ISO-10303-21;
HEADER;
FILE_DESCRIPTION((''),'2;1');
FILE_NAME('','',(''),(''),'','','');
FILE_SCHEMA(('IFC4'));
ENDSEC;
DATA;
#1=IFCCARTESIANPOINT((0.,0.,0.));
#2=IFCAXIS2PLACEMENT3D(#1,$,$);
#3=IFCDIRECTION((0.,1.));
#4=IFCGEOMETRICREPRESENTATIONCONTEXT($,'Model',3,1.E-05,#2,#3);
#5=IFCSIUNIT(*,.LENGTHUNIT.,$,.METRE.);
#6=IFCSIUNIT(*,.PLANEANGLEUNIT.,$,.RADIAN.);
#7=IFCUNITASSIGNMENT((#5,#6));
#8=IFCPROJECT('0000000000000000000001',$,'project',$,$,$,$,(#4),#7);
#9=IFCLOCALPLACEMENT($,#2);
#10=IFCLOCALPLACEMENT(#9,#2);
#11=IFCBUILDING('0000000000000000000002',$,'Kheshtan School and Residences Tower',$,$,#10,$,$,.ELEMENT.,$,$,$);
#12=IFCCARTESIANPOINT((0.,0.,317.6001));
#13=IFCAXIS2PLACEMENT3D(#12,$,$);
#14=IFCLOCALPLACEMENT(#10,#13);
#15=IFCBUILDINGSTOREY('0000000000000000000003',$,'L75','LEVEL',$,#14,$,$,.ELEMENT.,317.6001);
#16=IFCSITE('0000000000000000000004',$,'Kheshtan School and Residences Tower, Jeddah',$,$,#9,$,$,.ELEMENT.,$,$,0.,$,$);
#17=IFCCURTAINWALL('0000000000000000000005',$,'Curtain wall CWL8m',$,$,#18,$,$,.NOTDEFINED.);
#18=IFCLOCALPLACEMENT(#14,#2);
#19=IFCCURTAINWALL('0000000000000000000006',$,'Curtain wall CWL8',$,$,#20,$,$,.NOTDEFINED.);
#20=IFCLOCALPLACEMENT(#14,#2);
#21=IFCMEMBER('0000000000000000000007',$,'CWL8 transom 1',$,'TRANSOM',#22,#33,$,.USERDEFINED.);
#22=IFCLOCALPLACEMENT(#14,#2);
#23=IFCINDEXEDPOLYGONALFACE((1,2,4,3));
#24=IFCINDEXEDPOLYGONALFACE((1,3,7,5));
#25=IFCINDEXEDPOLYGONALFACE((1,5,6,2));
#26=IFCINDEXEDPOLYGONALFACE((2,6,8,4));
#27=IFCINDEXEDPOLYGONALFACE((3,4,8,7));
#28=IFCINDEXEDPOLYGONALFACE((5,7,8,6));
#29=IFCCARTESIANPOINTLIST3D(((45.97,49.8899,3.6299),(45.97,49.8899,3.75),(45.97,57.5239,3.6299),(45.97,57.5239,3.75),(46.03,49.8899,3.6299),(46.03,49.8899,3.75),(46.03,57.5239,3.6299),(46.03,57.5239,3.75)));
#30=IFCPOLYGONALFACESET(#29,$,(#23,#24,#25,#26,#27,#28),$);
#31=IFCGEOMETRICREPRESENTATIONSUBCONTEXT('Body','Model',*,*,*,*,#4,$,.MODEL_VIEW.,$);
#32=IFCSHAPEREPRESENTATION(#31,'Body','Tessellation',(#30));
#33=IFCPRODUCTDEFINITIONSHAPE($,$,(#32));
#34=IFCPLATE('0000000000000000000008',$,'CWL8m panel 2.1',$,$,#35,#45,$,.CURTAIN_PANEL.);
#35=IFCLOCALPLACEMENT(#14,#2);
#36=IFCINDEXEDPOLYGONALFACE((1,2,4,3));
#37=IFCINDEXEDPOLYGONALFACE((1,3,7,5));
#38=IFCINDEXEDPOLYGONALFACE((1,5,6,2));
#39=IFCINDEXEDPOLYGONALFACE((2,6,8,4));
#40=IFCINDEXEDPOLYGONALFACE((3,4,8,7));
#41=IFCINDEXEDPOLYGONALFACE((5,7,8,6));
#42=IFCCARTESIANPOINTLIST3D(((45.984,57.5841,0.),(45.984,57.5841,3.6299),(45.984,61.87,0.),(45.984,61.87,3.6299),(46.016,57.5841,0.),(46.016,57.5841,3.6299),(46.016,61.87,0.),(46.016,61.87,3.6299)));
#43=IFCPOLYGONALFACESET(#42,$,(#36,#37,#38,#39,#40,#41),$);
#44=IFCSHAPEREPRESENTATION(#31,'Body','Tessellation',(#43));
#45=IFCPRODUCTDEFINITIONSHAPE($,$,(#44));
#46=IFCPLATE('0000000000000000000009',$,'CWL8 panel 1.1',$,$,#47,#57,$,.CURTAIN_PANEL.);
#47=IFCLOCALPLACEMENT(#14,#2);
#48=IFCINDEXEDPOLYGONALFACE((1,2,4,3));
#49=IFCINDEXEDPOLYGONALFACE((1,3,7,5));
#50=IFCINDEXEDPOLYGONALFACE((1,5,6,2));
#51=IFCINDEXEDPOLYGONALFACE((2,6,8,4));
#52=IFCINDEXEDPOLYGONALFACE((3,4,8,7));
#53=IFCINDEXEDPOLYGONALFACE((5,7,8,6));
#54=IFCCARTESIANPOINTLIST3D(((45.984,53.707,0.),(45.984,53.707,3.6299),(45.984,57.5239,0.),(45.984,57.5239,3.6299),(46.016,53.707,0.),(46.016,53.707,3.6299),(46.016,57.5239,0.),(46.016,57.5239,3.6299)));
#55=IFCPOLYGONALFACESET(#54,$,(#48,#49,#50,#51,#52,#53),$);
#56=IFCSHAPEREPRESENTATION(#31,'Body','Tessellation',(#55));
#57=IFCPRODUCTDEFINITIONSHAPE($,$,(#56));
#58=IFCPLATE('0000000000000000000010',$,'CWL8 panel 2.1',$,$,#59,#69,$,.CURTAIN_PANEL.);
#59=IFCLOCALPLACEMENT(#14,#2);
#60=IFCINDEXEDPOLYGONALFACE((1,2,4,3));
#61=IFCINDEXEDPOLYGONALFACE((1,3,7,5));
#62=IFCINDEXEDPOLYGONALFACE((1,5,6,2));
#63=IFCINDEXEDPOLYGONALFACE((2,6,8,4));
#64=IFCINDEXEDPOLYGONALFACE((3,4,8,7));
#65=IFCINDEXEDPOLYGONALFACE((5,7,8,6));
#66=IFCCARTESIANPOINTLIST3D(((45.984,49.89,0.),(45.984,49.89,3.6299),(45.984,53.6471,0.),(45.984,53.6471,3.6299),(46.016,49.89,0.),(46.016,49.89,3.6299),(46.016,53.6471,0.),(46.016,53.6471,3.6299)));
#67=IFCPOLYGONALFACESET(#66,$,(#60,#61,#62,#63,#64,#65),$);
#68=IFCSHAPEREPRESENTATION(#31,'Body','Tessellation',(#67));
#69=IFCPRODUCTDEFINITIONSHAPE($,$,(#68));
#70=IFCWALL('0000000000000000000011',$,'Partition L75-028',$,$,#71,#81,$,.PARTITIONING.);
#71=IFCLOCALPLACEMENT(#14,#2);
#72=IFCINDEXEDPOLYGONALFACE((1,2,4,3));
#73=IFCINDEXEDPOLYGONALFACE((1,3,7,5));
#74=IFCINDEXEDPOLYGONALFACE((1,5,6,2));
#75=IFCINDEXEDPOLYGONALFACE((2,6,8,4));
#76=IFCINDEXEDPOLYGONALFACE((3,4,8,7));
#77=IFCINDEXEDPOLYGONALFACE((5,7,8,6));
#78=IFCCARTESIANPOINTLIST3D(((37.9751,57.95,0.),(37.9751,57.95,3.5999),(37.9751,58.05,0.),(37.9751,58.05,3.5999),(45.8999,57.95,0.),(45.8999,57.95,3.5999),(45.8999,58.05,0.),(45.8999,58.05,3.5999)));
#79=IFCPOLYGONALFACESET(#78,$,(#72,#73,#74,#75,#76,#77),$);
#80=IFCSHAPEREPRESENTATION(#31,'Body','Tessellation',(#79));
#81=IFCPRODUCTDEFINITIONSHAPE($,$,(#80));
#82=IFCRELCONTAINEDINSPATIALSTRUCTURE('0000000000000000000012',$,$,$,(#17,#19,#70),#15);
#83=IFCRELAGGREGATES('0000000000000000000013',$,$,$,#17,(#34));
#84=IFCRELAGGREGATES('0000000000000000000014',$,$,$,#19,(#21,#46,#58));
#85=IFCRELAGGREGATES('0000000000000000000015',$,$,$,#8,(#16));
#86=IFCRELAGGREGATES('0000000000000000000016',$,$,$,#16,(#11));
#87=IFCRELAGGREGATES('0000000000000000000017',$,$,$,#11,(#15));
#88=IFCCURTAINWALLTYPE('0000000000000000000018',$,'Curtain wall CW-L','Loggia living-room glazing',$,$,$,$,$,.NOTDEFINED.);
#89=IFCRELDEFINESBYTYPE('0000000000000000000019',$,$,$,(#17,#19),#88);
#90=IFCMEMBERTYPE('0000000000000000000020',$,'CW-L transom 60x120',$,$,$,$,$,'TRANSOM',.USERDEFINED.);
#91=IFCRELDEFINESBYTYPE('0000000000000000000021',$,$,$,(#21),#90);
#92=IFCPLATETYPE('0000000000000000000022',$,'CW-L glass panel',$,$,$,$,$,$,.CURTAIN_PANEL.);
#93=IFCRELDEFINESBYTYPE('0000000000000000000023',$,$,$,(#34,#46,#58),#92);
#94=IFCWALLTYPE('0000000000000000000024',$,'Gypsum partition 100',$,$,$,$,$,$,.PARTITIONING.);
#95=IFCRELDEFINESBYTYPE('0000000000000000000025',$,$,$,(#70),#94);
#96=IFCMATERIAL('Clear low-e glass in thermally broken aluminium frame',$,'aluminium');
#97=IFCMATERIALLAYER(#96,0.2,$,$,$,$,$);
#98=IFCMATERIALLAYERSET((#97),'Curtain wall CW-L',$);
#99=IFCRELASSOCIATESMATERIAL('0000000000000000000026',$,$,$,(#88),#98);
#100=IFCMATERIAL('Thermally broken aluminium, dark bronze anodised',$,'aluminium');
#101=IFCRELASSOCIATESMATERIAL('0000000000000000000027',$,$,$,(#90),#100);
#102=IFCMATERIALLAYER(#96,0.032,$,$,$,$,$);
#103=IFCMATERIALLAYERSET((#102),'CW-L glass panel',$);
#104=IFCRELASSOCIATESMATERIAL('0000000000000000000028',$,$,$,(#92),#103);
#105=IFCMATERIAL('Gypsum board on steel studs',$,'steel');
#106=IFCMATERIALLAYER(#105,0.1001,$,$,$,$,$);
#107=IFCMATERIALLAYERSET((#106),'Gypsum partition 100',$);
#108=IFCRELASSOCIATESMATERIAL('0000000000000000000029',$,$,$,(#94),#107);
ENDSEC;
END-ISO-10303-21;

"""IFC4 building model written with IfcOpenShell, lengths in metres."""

from ifc_helpers import new_model, si_unit, direction, frame, frame_2d, origin, origin_2d, place, context, subcontext, project, spatial, rectangle, extrude, material, layer, layer_set, material_profile, profile_set, type_object, element, aggregate, save


model = new_model("IFC4")

# Units and contexts
model_context = context("Model", 3, precision=1e-05, world=origin(), true_north=direction((0.0, 1.0)))
body_context = subcontext(model_context, "Body", "Model", "MODEL_VIEW")
ifc_project = project(units=[si_unit("LENGTHUNIT", "METRE"), si_unit("PLANEANGLEUNIT", "RADIAN")], contexts=[model_context])

# Site, building, storey
site_placement = place(None, origin())
site = spatial("IfcSite", under=ifc_project, at=site_placement, Name="Kheshtan School and Residences Tower, Jeddah", CompositionType="ELEMENT", RefElevation=0.0)
building_placement = place(site_placement, origin())
building = spatial("IfcBuilding", under=site, at=building_placement, Name="Kheshtan School and Residences Tower", CompositionType="ELEMENT")
storey_placement = place(building_placement, frame((0.0, 0.0, 317.6001)))
storey = spatial("IfcBuildingStorey", under=building, at=storey_placement, Name="L75", Description="LEVEL", CompositionType="ELEMENT", Elevation=317.6001)

# Curtain walls, member
ifc_material_1 = material(Name="Clear low-e glass in thermally broken aluminium frame", Category="aluminium")
ifc_layer_1 = layer(ifc_material_1, 0.2)
ifc_layer_set_1 = layer_set([ifc_layer_1], Name="Curtain wall CW-L")
curtain_wall_type = type_object("IfcCurtainWallType", Name="Curtain wall CW-L", Description="Loggia living-room glazing", PredefinedType="NOTDEFINED", material=ifc_layer_set_1)
curtain_wall_1_placement = place(storey_placement, origin())
curtain_wall_1 = element("IfcCurtainWall", 1, at=curtain_wall_1_placement, inside=storey, type_object=curtain_wall_type, Name="Curtain wall CWL8m", PredefinedType="NOTDEFINED")
ifc_material_2 = material(Name="Thermally broken aluminium, dark bronze anodised", Category="aluminium")
curtain_wall_2_placement = place(storey_placement, origin())
curtain_wall_2 = element("IfcCurtainWall", 2, at=curtain_wall_2_placement, inside=storey, type_object=curtain_wall_type, Name="Curtain wall CWL8", PredefinedType="NOTDEFINED")
ifc_material_profile_1 = material_profile(ifc_material_2, rectangle(XDim=0.0601, YDim=0.1201, at=origin_2d()), Name="CW-L transom 60x120")
ifc_profile_set_1 = profile_set([ifc_material_profile_1], Name="Thermally broken aluminium, dark bronze anodised")
member_type_1 = type_object("IfcMemberType", Name="CW-L transom 60x120", ElementType="TRANSOM", PredefinedType="USERDEFINED", material=ifc_profile_set_1)
member_1_placement = place(storey_placement, frame((46.0, 57.5239, 3.6899), z_axis=(0.0, -1.0, 0.0), x_axis=(1.0, 0.0, 0.0)))
member_1 = element("IfcMember", 3, at=member_1_placement, type_object=member_type_1, Name="CWL8 transom 1", ObjectType="TRANSOM", PredefinedType="USERDEFINED", context=body_context, shape_type="SweptSolid", body=[
    extrude(rectangle(XDim=0.0601, YDim=0.1201, at=origin_2d()), origin(), (0.0, 0.0, 1.0), 7.634),
])

# Plates
ifc_layer_2 = layer(ifc_material_1, 0.032)
ifc_layer_set_2 = layer_set([ifc_layer_2], Name="CW-L glass panel")
plate_type = type_object("IfcPlateType", Name="CW-L glass panel", PredefinedType="CURTAIN_PANEL", material=ifc_layer_set_2)
plate_1_placement = place(storey_placement, frame((46.0, 59.7271, 0.0), z_axis=(0.0, 0.0, 1.0), x_axis=(0.0, -1.0, 0.0)))
plate_1 = element("IfcPlate", 4, at=plate_1_placement, type_object=plate_type, Name="CWL8m panel 2.1", PredefinedType="CURTAIN_PANEL", context=body_context, shape_type="SweptSolid", body=[
    extrude(rectangle(XDim=4.2859, YDim=0.032, at=origin_2d()), origin(), (0.0, 0.0, 1.0), 3.6299),
])
aggregate(curtain_wall_1, [plate_1])
plate_2_placement = place(storey_placement, frame((46.0, 55.6155, 0.0), z_axis=(0.0, 0.0, 1.0), x_axis=(0.0, -1.0, 0.0)))
plate_2 = element("IfcPlate", 5, at=plate_2_placement, type_object=plate_type, Name="CWL8 panel 1.1", PredefinedType="CURTAIN_PANEL", context=body_context, shape_type="SweptSolid", body=[
    extrude(rectangle(XDim=3.8169, YDim=0.032, at=origin_2d()), origin(), (0.0, 0.0, 1.0), 3.6299),
])
plate_3_placement = place(storey_placement, frame((46.0, 51.7686, 0.0), z_axis=(0.0, 0.0, 1.0), x_axis=(0.0, -1.0, 0.0)))
plate_3 = element("IfcPlate", 6, at=plate_3_placement, type_object=plate_type, Name="CWL8 panel 2.1", PredefinedType="CURTAIN_PANEL", context=body_context, shape_type="SweptSolid", body=[
    extrude(rectangle(XDim=3.7571, YDim=0.032, at=origin_2d()), origin(), (0.0, 0.0, 1.0), 3.6299),
])
aggregate(curtain_wall_2, [member_1, plate_2, plate_3])

# Wall
ifc_material_3 = material(Name="Gypsum board on steel studs", Category="steel")
ifc_layer_3 = layer(ifc_material_3, 0.1001)
ifc_layer_set_3 = layer_set([ifc_layer_3], Name="Gypsum partition 100")
wall_type_1 = type_object("IfcWallType", Name="Gypsum partition 100", PredefinedType="PARTITIONING", material=ifc_layer_set_3)
wall_1_placement = place(storey_placement, frame((37.9751, 58.0, 0.0), z_axis=(0.0, 0.0, 1.0), x_axis=(1.0, 0.0, 0.0)))
element("IfcWall", 7, at=wall_1_placement, inside=storey, type_object=wall_type_1, Name="Partition L75-028", PredefinedType="PARTITIONING", context=body_context, shape_type="SweptSolid", body=[
    extrude(rectangle(XDim=7.9248, YDim=0.1001, at=frame_2d((3.9624, 0.0))), origin(), (0.0, 0.0, 1.0), 3.5999),
])

save(model, "model.ifc")
